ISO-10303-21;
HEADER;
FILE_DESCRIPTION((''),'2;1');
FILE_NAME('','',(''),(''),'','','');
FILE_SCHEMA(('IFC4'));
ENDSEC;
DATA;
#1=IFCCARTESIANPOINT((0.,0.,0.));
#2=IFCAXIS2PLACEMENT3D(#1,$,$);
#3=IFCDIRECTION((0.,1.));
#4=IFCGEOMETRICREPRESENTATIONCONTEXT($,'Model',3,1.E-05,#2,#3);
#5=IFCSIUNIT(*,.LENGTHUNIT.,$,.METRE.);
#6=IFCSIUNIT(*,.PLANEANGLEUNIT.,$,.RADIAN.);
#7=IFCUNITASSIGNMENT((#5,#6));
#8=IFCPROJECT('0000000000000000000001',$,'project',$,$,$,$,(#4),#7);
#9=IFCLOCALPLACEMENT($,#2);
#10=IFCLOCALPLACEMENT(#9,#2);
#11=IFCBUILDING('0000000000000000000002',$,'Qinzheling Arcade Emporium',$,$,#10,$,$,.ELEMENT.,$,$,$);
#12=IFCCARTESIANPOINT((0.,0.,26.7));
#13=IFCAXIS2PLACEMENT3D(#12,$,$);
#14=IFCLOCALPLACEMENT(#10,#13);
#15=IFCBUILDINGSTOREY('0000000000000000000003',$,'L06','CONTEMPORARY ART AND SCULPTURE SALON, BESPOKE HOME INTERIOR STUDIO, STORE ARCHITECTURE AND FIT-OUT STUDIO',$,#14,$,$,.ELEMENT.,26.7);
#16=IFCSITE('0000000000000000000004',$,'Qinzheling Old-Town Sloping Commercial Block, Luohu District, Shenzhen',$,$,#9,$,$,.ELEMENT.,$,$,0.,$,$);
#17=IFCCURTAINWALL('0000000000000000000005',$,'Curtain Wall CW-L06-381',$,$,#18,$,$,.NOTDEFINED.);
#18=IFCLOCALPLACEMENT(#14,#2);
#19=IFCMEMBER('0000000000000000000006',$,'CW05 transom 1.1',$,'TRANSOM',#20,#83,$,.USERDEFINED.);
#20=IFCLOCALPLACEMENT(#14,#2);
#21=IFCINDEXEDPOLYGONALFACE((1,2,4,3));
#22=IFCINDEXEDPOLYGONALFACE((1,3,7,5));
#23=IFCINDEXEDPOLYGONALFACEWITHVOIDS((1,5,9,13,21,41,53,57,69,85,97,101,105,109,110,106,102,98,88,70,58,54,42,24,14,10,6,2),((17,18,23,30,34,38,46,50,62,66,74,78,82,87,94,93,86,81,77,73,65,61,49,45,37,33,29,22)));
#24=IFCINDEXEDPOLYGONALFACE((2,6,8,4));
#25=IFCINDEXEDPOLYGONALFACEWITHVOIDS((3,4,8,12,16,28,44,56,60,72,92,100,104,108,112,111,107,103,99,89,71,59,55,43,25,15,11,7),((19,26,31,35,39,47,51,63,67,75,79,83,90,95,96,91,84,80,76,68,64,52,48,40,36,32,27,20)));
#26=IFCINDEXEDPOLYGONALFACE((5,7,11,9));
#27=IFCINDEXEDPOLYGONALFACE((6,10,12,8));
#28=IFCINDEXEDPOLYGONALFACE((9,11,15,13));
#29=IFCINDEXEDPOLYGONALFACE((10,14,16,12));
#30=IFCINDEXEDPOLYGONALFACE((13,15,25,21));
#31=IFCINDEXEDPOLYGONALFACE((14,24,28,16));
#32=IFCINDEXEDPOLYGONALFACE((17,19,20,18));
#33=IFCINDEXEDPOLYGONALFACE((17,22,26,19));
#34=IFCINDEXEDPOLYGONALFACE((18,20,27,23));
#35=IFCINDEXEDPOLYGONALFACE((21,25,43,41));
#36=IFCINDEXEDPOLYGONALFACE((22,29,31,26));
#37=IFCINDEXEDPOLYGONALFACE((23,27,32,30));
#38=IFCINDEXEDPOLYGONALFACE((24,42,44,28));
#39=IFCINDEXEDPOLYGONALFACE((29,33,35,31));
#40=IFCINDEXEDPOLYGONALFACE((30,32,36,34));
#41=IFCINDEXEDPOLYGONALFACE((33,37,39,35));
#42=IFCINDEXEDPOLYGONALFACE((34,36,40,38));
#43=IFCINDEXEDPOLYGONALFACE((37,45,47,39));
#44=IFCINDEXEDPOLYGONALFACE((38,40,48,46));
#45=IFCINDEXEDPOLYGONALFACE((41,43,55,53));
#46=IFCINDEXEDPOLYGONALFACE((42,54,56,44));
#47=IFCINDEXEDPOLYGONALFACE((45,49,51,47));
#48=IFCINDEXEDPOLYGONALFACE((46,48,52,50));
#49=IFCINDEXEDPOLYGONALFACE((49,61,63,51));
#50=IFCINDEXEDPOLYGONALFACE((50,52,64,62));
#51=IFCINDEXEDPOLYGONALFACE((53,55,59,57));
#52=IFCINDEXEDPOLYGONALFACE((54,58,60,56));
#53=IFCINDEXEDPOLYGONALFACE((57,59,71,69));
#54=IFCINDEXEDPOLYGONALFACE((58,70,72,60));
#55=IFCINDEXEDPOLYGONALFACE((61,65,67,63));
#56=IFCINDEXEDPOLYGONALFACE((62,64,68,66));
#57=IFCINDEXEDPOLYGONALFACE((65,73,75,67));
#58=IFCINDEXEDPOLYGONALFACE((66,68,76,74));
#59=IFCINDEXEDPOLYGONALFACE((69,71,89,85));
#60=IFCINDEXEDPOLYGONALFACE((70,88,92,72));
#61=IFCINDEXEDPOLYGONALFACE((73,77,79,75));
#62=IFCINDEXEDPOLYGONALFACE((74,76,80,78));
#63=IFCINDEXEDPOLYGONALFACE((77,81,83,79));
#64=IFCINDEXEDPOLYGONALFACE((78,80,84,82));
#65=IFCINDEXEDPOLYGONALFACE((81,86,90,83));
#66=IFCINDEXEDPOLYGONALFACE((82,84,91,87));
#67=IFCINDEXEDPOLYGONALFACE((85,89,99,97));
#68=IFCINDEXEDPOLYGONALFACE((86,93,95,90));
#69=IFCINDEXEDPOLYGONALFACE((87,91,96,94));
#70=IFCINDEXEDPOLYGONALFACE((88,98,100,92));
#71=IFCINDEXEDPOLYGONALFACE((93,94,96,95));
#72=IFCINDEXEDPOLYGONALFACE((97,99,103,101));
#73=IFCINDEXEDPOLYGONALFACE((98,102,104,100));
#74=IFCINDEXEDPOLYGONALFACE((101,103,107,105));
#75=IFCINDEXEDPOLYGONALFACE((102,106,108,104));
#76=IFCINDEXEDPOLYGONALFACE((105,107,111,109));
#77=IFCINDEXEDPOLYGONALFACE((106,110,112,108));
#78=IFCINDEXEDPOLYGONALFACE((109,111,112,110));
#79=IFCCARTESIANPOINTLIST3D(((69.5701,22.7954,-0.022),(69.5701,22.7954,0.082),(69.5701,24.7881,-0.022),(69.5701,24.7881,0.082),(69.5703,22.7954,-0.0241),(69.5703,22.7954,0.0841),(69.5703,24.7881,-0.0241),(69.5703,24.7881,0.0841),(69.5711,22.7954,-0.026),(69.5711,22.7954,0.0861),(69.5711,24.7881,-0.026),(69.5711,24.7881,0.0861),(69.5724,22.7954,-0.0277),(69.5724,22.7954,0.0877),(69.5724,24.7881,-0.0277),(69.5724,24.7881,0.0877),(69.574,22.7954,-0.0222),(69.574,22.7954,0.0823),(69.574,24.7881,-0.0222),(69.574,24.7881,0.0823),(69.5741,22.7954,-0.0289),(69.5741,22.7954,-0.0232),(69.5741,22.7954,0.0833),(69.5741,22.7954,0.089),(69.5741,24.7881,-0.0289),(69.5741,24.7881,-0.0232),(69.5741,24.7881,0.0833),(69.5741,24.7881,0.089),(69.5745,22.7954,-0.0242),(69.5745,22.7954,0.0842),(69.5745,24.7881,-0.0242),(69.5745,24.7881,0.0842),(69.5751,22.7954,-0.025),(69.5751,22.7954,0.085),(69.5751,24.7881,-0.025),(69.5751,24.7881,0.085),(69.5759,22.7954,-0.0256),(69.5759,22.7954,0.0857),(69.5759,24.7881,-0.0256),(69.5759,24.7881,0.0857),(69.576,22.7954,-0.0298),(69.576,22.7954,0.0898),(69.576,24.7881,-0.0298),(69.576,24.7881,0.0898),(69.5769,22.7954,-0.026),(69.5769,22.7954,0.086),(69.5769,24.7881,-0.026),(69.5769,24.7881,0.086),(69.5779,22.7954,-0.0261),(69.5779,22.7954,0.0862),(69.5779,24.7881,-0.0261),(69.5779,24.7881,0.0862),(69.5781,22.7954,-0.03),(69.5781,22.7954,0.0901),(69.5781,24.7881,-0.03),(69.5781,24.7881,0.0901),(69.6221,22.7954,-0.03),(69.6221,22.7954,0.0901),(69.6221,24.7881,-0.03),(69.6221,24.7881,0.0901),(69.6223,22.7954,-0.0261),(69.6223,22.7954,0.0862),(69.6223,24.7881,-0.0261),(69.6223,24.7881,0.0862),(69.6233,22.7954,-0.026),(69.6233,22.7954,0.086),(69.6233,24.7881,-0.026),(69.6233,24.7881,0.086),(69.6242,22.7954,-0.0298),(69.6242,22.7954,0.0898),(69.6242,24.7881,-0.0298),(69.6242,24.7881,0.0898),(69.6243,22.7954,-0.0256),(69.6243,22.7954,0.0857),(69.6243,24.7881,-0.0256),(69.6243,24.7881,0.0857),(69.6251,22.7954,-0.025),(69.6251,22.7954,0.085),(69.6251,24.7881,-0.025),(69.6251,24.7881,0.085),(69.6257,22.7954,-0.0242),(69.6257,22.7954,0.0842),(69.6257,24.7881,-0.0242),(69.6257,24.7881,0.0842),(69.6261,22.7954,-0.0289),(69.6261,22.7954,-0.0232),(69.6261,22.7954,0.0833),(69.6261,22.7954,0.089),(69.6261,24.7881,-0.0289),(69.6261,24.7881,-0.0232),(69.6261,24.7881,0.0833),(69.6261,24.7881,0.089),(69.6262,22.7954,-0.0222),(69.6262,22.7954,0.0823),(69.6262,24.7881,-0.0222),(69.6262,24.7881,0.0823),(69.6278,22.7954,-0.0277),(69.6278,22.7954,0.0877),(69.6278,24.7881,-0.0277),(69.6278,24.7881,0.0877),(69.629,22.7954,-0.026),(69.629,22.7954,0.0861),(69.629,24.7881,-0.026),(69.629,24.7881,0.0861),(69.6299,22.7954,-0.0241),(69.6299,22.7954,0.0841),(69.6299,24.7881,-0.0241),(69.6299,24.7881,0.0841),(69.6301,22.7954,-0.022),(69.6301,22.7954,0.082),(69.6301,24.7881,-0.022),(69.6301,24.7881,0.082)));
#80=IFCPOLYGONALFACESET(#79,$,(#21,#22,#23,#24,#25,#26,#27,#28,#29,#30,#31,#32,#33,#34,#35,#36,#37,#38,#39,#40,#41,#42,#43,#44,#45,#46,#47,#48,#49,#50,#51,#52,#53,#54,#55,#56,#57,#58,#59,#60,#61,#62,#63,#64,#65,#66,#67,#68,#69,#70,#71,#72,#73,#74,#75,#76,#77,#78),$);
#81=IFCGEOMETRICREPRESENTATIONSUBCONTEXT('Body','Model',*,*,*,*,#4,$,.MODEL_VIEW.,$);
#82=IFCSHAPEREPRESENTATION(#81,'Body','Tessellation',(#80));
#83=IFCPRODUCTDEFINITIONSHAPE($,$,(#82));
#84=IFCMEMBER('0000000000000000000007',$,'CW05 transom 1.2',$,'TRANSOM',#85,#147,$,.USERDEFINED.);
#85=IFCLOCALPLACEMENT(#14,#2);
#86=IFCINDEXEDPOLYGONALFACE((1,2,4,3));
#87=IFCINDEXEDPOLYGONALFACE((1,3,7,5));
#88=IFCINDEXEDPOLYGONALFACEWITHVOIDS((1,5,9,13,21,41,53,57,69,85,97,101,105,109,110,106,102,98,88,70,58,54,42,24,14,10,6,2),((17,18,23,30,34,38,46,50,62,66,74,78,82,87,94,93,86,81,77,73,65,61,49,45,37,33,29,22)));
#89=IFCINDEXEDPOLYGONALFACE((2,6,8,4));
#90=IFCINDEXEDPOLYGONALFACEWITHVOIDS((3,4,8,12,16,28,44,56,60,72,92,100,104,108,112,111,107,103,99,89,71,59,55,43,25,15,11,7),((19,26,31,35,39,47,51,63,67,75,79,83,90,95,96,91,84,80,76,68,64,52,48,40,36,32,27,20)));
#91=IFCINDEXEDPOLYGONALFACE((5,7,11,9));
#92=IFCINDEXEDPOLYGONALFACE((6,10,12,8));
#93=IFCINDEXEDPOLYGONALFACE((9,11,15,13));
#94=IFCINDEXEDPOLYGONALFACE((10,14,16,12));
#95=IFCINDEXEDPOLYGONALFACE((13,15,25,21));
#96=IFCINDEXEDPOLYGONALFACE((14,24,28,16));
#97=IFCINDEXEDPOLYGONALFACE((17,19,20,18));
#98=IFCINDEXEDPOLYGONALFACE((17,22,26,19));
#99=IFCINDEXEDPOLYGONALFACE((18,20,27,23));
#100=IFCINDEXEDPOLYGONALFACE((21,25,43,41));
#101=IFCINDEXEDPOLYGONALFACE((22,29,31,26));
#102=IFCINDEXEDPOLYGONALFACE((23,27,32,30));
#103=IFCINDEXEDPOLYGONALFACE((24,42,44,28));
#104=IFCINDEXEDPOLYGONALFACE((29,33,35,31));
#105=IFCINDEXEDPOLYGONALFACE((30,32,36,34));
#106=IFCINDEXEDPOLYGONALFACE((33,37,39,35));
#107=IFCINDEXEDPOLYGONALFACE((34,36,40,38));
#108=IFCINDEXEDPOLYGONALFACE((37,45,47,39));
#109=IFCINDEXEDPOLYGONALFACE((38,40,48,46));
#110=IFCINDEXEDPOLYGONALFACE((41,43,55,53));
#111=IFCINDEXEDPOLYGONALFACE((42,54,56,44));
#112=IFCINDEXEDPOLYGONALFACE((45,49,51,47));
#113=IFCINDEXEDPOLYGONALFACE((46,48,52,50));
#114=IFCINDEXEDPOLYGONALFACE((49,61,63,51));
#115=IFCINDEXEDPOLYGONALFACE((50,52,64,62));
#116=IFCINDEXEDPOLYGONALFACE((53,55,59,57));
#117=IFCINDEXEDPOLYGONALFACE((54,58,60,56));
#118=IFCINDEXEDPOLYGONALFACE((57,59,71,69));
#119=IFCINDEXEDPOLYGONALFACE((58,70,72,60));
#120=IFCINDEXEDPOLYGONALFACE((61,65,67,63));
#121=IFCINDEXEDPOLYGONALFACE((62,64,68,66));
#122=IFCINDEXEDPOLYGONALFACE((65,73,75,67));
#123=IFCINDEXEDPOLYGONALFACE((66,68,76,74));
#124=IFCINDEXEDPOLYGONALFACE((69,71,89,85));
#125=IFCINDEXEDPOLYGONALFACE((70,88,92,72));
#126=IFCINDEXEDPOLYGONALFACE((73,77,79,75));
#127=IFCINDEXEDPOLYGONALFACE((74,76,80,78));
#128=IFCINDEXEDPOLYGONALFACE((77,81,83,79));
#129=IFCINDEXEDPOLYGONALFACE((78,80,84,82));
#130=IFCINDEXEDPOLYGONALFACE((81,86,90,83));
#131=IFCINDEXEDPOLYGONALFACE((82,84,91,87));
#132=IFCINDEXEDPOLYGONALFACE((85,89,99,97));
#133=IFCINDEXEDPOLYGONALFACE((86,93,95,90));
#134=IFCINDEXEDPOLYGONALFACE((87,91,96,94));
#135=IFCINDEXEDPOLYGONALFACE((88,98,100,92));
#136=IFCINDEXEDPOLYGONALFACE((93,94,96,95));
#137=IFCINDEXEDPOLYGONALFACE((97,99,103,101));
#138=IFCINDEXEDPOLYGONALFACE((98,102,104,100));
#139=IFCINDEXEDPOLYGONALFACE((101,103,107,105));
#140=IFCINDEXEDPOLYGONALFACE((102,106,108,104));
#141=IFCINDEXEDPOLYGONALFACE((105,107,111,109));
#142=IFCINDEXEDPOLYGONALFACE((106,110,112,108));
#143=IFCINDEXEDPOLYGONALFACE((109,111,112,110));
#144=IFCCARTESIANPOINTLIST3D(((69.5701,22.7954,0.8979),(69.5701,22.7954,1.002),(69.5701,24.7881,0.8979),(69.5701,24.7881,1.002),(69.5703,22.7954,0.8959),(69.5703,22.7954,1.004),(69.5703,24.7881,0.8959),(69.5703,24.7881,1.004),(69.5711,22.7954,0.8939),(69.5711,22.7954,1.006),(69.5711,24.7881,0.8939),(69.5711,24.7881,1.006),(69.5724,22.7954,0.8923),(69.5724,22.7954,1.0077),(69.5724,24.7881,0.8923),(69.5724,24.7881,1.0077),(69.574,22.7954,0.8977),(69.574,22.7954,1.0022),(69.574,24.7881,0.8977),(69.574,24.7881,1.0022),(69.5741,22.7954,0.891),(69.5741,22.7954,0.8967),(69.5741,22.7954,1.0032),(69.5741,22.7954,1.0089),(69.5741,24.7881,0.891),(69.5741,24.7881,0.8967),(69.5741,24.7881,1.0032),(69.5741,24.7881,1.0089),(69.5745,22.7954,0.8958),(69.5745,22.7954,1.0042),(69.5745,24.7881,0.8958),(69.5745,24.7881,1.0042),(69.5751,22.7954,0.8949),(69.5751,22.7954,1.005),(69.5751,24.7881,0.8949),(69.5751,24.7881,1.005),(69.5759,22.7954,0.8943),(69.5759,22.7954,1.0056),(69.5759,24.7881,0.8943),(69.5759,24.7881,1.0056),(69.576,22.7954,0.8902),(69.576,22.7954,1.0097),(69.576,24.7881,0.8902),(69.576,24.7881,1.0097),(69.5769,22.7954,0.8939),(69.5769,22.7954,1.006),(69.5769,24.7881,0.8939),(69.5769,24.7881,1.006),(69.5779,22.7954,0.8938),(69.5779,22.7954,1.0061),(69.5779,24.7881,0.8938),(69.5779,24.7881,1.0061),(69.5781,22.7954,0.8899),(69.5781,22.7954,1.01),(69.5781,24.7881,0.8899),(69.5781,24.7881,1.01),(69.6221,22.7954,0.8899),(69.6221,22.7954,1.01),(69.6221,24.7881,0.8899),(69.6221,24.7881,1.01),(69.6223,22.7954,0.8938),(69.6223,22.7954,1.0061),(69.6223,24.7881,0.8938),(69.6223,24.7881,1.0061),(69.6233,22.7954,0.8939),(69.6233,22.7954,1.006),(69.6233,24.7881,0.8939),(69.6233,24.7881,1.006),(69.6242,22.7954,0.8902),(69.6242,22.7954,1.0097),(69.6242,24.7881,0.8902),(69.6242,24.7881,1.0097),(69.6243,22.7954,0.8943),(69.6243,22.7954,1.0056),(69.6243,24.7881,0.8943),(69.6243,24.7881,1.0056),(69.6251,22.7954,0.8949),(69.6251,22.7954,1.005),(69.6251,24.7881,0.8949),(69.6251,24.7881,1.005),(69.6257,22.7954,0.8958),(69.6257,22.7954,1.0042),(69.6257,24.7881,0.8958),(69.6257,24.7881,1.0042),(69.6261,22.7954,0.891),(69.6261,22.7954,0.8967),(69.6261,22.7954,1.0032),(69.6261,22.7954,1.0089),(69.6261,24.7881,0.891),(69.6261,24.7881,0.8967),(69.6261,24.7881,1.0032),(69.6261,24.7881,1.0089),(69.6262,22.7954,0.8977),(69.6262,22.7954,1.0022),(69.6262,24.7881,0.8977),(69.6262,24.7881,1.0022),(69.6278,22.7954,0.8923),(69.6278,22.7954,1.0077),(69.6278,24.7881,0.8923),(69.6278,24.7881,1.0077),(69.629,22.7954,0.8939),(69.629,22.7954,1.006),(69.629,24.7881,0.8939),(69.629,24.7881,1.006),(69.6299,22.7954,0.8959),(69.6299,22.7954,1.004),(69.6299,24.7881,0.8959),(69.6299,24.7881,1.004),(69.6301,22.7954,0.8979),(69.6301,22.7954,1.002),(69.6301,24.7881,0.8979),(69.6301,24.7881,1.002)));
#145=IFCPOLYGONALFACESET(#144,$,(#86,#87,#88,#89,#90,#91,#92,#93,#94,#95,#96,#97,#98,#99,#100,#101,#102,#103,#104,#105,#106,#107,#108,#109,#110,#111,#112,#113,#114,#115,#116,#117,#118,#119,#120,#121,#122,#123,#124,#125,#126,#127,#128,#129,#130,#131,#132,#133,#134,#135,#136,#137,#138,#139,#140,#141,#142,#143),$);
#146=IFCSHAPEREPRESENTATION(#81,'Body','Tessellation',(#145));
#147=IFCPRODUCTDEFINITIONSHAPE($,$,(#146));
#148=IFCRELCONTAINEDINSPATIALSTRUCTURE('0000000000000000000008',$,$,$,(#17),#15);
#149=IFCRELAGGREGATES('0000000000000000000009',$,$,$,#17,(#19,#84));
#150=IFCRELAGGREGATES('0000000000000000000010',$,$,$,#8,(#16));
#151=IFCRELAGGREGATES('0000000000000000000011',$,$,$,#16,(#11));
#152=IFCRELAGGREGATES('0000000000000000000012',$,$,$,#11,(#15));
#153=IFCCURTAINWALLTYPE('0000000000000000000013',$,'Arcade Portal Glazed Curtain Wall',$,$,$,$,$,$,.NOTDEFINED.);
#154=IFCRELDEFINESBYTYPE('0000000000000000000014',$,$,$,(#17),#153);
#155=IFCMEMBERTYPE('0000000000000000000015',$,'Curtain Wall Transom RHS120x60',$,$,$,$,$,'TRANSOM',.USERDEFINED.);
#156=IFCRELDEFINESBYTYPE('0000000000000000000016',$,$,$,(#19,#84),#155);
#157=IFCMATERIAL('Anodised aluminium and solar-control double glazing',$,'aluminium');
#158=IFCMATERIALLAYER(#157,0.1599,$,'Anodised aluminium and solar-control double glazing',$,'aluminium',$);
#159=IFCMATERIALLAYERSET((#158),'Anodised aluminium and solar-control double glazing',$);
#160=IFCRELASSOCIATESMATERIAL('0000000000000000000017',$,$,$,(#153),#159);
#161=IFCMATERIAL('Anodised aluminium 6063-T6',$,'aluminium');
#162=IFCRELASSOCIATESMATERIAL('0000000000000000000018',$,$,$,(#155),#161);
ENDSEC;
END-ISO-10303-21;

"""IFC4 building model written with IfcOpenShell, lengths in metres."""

from ifc_helpers import new_model, si_unit, direction, frame, origin, origin_2d, place, context, subcontext, project, spatial, hollow_rectangle, extrude, material, layer, layer_set, material_profile, profile_set, type_object, element, aggregate, save


model = new_model("IFC4")

# Units and contexts
model_context = context("Model", 3, precision=1e-05, world=origin(), true_north=direction((0.0, 1.0)))
body_context = subcontext(model_context, "Body", "Model", "MODEL_VIEW")
ifc_project = project(units=[si_unit("LENGTHUNIT", "METRE"), si_unit("PLANEANGLEUNIT", "RADIAN")], contexts=[model_context])

# Site, building, storey
site_placement = place(None, origin())
site = spatial("IfcSite", under=ifc_project, at=site_placement, Name="Qinzheling Old-Town Sloping Commercial Block, Luohu District, Shenzhen", CompositionType="ELEMENT", RefElevation=0.0)
building_placement = place(site_placement, origin())
building = spatial("IfcBuilding", under=site, at=building_placement, Name="Qinzheling Arcade Emporium", CompositionType="ELEMENT")
storey_placement = place(building_placement, frame((0.0, 0.0, 26.7)))
storey = spatial("IfcBuildingStorey", under=building, at=storey_placement, Name="L06", Description="CONTEMPORARY ART AND SCULPTURE SALON, BESPOKE HOME INTERIOR STUDIO, STORE ARCHITECTURE AND FIT-OUT STUDIO", CompositionType="ELEMENT", Elevation=26.7)

# Curtain wall, members
ifc_material_1 = material(Name="Anodised aluminium and solar-control double glazing", Category="aluminium")
ifc_layer_1 = layer(ifc_material_1, 0.1599, Name="Anodised aluminium and solar-control double glazing", Category="aluminium")
ifc_layer_set_1 = layer_set([ifc_layer_1], Name="Anodised aluminium and solar-control double glazing")
curtain_wall_type = type_object("IfcCurtainWallType", Name="Arcade Portal Glazed Curtain Wall", PredefinedType="NOTDEFINED", material=ifc_layer_set_1)
curtain_wall_1_placement = place(storey_placement, origin())
curtain_wall_1 = element("IfcCurtainWall", 1, at=curtain_wall_1_placement, inside=storey, type_object=curtain_wall_type, Name="Curtain Wall CW-L06-381", PredefinedType="NOTDEFINED")
ifc_material_2 = material(Name="Anodised aluminium 6063-T6", Category="aluminium")
ifc_material_profile_1 = material_profile(ifc_material_2, hollow_rectangle(XDim=0.0601, YDim=0.1201, WallThickness=0.0039, InnerFilletRadius=0.0039, OuterFilletRadius=0.0081, at=origin_2d()), Name="RHS 120x60x4", Category="aluminium")
ifc_profile_set_1 = profile_set([ifc_material_profile_1], Name="Anodised aluminium 6063-T6")
member_type_1 = type_object("IfcMemberType", Name="Curtain Wall Transom RHS120x60", ElementType="TRANSOM", PredefinedType="USERDEFINED", material=ifc_profile_set_1)
member_1_placement = place(storey_placement, frame((69.6001, 24.7881, 0.03), z_axis=(0.0, -1.0, 0.0), x_axis=(1.0, 0.0, 0.0)))
member_1 = element("IfcMember", 2, at=member_1_placement, type_object=member_type_1, Name="CW05 transom 1.1", ObjectType="TRANSOM", PredefinedType="USERDEFINED", context=body_context, shape_type="SweptSolid", body=[
    extrude(hollow_rectangle(XDim=0.0601, YDim=0.1201, WallThickness=0.0039, InnerFilletRadius=0.0039, OuterFilletRadius=0.0081, at=origin_2d()), origin(), (0.0, 0.0, 1.0), 1.9927),
])
member_2_placement = place(storey_placement, frame((69.6001, 24.7881, 0.95), z_axis=(0.0, -1.0, 0.0), x_axis=(1.0, 0.0, 0.0)))
member_2 = element("IfcMember", 3, at=member_2_placement, type_object=member_type_1, Name="CW05 transom 1.2", ObjectType="TRANSOM", PredefinedType="USERDEFINED", context=body_context, shape_type="SweptSolid", body=[
    extrude(hollow_rectangle(XDim=0.0601, YDim=0.1201, WallThickness=0.0039, InnerFilletRadius=0.0039, OuterFilletRadius=0.0081, at=origin_2d()), origin(), (0.0, 0.0, 1.0), 1.9927),
])

aggregate(curtain_wall_1, [member_1, member_2])

save(model, "model.ifc")
